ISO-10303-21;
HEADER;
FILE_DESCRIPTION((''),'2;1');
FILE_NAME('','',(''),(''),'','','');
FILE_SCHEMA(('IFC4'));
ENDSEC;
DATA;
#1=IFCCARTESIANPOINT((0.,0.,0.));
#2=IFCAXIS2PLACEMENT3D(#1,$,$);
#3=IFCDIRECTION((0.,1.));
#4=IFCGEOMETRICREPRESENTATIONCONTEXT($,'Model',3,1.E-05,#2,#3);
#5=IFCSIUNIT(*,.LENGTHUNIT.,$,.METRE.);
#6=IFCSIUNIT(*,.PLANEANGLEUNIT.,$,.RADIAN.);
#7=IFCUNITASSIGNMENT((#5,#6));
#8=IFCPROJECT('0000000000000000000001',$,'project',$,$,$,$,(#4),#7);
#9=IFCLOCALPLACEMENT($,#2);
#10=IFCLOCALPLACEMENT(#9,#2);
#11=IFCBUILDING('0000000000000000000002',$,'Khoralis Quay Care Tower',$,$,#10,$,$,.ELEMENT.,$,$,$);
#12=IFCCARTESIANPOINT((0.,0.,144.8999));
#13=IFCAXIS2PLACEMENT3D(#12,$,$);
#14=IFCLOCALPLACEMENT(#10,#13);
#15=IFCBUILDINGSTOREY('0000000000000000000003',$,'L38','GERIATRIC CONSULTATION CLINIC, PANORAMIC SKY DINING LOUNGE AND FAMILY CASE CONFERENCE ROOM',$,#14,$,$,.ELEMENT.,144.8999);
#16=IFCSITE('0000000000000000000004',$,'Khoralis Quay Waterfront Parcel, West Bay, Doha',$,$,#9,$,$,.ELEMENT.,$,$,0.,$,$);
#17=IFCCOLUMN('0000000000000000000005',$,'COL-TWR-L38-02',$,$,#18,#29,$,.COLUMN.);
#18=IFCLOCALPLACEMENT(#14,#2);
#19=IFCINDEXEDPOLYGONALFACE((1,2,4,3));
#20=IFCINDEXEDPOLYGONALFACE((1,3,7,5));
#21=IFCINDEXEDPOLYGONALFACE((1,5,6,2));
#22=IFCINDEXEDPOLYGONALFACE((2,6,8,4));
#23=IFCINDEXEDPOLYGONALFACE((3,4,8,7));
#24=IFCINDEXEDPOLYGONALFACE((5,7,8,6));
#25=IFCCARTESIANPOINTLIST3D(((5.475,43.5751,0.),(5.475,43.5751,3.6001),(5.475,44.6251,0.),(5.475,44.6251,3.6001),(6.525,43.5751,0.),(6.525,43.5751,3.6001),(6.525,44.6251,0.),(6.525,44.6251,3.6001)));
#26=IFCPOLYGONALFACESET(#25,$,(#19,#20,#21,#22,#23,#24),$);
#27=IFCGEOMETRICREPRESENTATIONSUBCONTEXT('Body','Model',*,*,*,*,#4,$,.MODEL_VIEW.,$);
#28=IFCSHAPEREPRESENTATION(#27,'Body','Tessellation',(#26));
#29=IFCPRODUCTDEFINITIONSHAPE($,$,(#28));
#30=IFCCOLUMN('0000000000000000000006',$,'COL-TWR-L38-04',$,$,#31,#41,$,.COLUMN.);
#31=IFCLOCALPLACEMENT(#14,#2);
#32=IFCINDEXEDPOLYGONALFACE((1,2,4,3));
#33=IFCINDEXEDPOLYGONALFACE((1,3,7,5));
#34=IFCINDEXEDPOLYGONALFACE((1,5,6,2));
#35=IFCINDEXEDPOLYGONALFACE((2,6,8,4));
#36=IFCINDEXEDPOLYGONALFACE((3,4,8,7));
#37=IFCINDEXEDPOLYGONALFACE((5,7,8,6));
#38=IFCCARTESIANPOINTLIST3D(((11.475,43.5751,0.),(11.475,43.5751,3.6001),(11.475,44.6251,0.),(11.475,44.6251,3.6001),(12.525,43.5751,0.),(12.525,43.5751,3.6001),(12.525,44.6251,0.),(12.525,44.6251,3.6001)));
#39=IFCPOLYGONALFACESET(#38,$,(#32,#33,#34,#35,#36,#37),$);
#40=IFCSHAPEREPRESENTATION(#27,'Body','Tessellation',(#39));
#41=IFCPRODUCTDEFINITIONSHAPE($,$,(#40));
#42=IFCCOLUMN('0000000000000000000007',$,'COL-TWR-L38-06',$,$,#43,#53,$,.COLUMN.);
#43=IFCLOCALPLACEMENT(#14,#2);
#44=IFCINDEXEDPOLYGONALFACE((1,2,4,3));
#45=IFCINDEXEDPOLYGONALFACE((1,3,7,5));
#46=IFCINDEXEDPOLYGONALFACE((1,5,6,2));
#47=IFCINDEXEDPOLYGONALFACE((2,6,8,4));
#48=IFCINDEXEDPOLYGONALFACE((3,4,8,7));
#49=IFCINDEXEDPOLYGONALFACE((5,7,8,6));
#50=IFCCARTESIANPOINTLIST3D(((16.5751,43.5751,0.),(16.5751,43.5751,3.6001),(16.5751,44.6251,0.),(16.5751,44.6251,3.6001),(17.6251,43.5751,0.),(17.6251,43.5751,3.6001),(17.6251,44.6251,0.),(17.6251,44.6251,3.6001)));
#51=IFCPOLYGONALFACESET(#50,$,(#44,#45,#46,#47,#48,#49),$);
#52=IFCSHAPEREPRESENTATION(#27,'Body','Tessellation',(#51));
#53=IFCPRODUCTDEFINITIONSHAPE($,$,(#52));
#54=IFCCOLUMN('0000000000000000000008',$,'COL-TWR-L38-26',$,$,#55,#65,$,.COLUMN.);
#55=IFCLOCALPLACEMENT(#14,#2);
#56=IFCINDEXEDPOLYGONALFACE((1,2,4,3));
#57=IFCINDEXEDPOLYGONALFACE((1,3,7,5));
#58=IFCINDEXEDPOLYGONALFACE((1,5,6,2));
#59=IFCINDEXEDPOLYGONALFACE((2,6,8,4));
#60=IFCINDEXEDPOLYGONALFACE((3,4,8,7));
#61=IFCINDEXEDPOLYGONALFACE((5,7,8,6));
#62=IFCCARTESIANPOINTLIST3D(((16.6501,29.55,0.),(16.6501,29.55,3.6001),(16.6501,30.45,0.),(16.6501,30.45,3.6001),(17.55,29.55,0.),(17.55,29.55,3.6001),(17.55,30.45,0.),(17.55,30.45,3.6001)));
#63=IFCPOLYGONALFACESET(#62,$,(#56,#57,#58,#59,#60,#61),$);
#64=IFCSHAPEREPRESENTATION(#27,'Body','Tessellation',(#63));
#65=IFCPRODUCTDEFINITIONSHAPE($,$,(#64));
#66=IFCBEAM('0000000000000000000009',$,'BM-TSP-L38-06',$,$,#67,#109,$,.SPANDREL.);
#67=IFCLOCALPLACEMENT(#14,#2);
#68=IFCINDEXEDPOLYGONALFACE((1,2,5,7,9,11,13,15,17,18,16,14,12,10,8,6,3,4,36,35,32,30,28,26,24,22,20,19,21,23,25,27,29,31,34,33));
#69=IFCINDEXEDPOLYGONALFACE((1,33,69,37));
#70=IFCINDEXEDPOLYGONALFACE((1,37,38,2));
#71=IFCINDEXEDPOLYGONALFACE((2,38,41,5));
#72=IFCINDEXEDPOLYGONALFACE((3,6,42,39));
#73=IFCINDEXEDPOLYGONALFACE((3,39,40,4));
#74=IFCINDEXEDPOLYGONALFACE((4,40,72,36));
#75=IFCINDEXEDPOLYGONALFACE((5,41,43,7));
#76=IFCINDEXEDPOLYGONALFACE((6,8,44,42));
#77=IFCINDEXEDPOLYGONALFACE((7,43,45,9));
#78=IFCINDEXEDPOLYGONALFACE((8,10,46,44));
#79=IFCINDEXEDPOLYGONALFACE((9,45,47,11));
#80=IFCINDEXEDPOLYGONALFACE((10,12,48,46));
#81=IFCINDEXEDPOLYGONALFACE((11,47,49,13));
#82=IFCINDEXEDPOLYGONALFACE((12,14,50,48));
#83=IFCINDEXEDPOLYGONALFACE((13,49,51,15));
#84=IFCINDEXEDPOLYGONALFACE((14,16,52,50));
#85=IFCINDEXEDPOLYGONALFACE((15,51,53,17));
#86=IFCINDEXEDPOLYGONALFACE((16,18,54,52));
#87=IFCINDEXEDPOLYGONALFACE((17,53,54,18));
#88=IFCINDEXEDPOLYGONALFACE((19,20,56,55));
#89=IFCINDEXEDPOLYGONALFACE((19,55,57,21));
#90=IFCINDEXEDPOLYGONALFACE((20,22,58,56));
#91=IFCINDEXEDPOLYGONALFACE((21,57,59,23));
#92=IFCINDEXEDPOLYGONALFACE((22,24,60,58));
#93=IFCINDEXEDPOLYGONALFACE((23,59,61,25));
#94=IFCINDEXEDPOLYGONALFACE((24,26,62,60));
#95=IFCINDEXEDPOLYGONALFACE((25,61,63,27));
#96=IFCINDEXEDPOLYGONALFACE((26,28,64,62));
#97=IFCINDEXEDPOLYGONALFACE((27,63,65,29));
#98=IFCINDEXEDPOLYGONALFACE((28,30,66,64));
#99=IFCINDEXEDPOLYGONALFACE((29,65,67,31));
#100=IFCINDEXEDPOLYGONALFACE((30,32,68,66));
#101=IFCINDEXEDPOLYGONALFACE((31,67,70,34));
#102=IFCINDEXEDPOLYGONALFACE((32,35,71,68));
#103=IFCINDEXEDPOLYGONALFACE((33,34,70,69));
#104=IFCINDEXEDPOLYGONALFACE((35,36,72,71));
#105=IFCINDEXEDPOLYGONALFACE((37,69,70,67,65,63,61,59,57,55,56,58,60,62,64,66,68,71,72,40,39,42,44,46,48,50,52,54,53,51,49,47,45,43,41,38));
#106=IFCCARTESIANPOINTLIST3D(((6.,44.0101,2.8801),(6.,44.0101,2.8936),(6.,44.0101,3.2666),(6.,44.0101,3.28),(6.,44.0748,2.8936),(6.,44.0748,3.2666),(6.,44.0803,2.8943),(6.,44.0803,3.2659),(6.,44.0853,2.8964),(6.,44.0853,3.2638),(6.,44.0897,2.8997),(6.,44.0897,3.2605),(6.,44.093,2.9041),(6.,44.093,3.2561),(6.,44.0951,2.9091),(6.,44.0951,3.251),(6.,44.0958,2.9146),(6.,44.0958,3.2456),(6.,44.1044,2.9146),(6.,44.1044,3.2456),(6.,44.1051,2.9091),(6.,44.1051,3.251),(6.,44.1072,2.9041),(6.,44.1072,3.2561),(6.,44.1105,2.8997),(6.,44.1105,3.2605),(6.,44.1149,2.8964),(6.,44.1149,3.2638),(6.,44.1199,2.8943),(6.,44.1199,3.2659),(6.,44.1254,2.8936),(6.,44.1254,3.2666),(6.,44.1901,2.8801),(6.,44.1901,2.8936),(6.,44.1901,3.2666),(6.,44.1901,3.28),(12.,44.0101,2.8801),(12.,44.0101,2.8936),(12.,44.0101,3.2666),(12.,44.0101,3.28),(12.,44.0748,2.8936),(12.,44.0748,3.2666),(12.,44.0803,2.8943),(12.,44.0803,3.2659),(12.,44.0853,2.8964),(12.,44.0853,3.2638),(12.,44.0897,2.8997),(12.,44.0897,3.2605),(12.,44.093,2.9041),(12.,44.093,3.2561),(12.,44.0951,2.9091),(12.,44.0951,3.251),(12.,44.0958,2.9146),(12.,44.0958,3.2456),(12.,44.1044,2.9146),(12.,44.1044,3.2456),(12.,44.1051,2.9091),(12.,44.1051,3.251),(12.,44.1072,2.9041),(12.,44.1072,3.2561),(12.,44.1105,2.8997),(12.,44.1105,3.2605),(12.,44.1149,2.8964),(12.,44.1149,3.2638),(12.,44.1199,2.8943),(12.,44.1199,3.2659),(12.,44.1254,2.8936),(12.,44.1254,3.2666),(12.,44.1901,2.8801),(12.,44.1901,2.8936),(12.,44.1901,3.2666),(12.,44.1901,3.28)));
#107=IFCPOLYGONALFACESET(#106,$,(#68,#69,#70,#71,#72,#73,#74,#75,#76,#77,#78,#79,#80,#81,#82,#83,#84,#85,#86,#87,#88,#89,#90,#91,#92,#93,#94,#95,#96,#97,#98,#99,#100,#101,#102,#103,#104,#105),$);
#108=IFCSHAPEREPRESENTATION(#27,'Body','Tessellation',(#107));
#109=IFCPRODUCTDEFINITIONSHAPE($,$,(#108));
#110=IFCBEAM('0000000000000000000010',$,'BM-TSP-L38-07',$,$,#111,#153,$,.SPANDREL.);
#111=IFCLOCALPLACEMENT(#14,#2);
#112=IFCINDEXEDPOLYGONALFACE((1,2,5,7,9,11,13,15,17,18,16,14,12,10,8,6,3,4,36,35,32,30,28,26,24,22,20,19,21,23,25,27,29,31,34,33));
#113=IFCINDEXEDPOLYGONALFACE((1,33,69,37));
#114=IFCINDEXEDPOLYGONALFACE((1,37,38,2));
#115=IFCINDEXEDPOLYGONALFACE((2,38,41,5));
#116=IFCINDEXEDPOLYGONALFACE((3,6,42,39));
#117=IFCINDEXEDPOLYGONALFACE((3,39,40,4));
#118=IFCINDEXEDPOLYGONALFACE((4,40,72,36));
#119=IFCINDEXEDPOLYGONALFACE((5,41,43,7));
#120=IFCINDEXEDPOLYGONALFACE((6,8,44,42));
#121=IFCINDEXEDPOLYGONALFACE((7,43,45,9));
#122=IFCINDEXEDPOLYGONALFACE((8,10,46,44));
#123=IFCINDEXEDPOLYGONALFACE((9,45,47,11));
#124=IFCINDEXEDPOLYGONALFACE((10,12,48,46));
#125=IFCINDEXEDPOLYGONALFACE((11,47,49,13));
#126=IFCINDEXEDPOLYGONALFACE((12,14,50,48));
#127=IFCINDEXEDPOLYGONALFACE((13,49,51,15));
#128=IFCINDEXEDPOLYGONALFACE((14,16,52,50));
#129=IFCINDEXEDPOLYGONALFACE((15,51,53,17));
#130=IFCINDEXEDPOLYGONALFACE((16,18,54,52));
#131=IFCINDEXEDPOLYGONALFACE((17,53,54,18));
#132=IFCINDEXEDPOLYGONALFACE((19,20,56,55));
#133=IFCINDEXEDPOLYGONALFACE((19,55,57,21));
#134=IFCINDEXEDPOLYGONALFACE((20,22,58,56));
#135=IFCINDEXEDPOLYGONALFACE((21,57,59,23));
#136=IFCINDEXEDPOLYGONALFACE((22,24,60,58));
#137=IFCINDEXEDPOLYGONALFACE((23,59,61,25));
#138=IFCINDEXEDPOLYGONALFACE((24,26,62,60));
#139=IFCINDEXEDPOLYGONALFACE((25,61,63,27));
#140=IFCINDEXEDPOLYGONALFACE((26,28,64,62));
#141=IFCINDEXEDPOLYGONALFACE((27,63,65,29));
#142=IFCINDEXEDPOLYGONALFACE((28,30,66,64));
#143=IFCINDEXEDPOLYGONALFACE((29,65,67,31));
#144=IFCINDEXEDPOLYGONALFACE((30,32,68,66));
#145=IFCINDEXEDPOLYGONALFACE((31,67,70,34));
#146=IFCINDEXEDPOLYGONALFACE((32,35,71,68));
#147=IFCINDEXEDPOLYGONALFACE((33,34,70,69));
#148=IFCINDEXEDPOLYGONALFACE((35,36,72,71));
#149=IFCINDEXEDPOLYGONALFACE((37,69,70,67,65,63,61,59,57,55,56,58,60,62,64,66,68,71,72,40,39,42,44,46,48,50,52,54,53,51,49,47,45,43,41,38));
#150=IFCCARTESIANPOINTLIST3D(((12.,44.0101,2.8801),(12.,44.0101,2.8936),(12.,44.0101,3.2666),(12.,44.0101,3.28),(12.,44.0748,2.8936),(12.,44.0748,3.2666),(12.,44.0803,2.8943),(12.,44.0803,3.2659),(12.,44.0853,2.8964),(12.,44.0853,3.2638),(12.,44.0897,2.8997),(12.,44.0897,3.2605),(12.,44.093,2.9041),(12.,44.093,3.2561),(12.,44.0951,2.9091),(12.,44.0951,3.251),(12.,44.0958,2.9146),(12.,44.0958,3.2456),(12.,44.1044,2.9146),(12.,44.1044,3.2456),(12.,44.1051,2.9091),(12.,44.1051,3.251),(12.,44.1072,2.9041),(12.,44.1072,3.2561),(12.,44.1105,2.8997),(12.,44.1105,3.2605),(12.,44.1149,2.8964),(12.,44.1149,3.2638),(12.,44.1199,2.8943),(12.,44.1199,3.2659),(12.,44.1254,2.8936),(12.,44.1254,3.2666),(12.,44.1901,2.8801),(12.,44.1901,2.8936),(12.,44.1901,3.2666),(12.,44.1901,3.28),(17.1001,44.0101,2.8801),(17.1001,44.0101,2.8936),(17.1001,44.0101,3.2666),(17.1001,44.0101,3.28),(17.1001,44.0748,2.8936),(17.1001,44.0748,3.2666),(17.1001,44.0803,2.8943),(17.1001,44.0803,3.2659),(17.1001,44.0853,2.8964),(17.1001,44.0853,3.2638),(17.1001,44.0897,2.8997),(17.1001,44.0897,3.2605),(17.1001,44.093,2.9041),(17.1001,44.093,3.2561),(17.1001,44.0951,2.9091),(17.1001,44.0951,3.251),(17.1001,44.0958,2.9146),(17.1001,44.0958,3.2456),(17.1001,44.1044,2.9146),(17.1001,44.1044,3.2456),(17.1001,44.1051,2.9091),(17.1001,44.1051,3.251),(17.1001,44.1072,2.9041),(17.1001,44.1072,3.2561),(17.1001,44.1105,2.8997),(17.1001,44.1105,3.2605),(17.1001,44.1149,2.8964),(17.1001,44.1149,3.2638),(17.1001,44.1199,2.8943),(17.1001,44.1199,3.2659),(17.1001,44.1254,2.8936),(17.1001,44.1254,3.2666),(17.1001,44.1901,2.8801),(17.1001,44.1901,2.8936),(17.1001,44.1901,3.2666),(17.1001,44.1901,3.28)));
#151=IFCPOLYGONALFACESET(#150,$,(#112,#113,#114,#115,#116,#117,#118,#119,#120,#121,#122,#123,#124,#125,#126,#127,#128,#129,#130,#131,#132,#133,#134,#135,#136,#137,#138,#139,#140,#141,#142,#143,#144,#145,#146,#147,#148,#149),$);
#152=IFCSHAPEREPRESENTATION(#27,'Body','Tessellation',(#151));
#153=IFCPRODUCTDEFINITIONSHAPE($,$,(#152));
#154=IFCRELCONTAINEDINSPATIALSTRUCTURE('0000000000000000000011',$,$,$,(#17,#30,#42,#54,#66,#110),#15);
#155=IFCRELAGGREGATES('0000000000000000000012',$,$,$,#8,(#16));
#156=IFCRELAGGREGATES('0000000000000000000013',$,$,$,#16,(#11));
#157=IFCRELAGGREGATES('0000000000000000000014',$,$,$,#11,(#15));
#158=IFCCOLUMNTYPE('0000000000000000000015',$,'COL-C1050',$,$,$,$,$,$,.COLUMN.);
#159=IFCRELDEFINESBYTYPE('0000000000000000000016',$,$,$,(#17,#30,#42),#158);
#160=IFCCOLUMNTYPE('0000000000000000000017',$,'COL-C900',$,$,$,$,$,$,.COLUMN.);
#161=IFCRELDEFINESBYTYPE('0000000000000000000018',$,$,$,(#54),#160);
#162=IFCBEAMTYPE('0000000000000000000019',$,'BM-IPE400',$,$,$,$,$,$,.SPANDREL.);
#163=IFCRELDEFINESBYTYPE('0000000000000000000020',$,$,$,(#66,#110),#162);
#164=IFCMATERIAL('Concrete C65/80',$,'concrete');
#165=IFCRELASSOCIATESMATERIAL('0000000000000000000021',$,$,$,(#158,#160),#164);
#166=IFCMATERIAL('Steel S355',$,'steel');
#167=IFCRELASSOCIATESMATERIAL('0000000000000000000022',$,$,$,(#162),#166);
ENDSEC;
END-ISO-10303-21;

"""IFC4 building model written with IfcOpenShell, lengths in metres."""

from ifc_helpers import new_model, si_unit, direction, frame, origin, origin_2d, place, context, subcontext, project, spatial, rectangle, i_section, extrude, source, transform, mapped, material, material_profile, profile_set, type_object, element, save


model = new_model("IFC4")

# Units and contexts
model_context = context("Model", 3, precision=1e-05, world=origin(), true_north=direction((0.0, 1.0)))
body_context = subcontext(model_context, "Body", "Model", "MODEL_VIEW")
ifc_project = project(units=[si_unit("LENGTHUNIT", "METRE"), si_unit("PLANEANGLEUNIT", "RADIAN")], contexts=[model_context])

# Site, building, storey
site_placement = place(None, origin())
site = spatial("IfcSite", under=ifc_project, at=site_placement, Name="Khoralis Quay Waterfront Parcel, West Bay, Doha", CompositionType="ELEMENT", RefElevation=0.0)
building_placement = place(site_placement, origin())
building = spatial("IfcBuilding", under=site, at=building_placement, Name="Khoralis Quay Care Tower", CompositionType="ELEMENT")
storey_placement = place(building_placement, frame((0.0, 0.0, 144.8999)))
storey = spatial("IfcBuildingStorey", under=building, at=storey_placement, Name="L38", Description="GERIATRIC CONSULTATION CLINIC, PANORAMIC SKY DINING LOUNGE AND FAMILY CASE CONFERENCE ROOM", CompositionType="ELEMENT", Elevation=144.8999)

# Columns
ifc_material_1 = material(Name="Concrete C65/80", Category="concrete")
ifc_material_profile_1 = material_profile(ifc_material_1, rectangle(XDim=1.05, YDim=1.05, at=origin_2d()), Name="Concrete C65/80")
ifc_profile_set_1 = profile_set([ifc_material_profile_1], Name="Concrete C65/80")
column_type_1 = type_object("IfcColumnType", Name="COL-C1050", PredefinedType="COLUMN", material=ifc_profile_set_1)
shared_shape_1 = source(origin(), body_context, "Body", "SweptSolid", [
    extrude(rectangle(XDim=1.05, YDim=1.05, at=origin_2d()), origin(), (0.0, 0.0, 1.0), 3.6001),
])
for number, where, z_axis, x_axis, name in (
    (1, (6.0, 44.1001, 0.0), (0.0, 0.0, 1.0), (1.0, 0.0, 0.0), "COL-TWR-L38-02"),
    (2, (12.0, 44.1001, 0.0), (0.0, 0.0, 1.0), (1.0, 0.0, 0.0), "COL-TWR-L38-04"),
    (3, (17.1001, 44.1001, 0.0), (0.0, 0.0, 1.0), (1.0, 0.0, 0.0), "COL-TWR-L38-06"),
):
    element("IfcColumn", number, at=place(storey_placement, frame(where, z_axis=z_axis, x_axis=x_axis)), inside=storey, type_object=column_type_1, Name=name, PredefinedType="COLUMN", context=body_context, shape_type="MappedRepresentation", body=[
        mapped(shared_shape_1, transform((0.0, 0.0, 0.0), scale=1.0)),
    ])
ifc_material_profile_2 = material_profile(ifc_material_1, rectangle(XDim=0.8999, YDim=0.8999, at=origin_2d()), Name="Concrete C65/80")
ifc_profile_set_2 = profile_set([ifc_material_profile_2], Name="Concrete C65/80")
column_type_2 = type_object("IfcColumnType", Name="COL-C900", PredefinedType="COLUMN", material=ifc_profile_set_2)
shared_shape_2 = source(origin(), body_context, "Body", "SweptSolid", [
    extrude(rectangle(XDim=0.8999, YDim=0.8999, at=origin_2d()), origin(), (0.0, 0.0, 1.0), 3.6001),
])
column_placement = place(storey_placement, frame((17.1001, 30.0, 0.0), z_axis=(0.0, 0.0, 1.0), x_axis=(1.0, 0.0, 0.0)))
element("IfcColumn", 4, at=column_placement, inside=storey, type_object=column_type_2, Name="COL-TWR-L38-26", PredefinedType="COLUMN", context=body_context, shape_type="MappedRepresentation", body=[
    mapped(shared_shape_2, transform((0.0, 0.0, 0.0), scale=1.0)),
])

# Beams
ifc_material_2 = material(Name="Steel S355", Category="steel")
ifc_material_profile_3 = material_profile(ifc_material_2, i_section(OverallWidth=0.1799, OverallDepth=0.3999, WebThickness=0.0085, FlangeThickness=0.0134, FilletRadius=0.021, at=origin_2d()), Name="Steel S355")
ifc_profile_set_3 = profile_set([ifc_material_profile_3], Name="Steel S355")
beam_type_1 = type_object("IfcBeamType", Name="BM-IPE400", PredefinedType="SPANDREL", material=ifc_profile_set_3)
shared_shape_3 = source(origin(), body_context, "Body", "SweptSolid", [
    extrude(i_section(OverallWidth=0.1799, OverallDepth=0.3999, WebThickness=0.0085, FlangeThickness=0.0134, FilletRadius=0.021, at=origin_2d()), origin(), (0.0, 0.0, 1.0), 6.0),
])
beam_1_placement = place(storey_placement, frame((6.0, 44.1001, 3.0801), z_axis=(1.0, 0.0, 0.0), x_axis=(0.0, 1.0, 0.0)))
element("IfcBeam", 5, at=beam_1_placement, inside=storey, type_object=beam_type_1, Name="BM-TSP-L38-06", PredefinedType="SPANDREL", context=body_context, shape_type="MappedRepresentation", body=[
    mapped(shared_shape_3, transform((0.0, 0.0, 0.0), scale=1.0)),
])
shared_shape_4 = source(origin(), body_context, "Body", "SweptSolid", [
    extrude(i_section(OverallWidth=0.1799, OverallDepth=0.3999, WebThickness=0.0085, FlangeThickness=0.0134, FilletRadius=0.021, at=origin_2d()), origin(), (0.0, 0.0, 1.0), 5.1001),
])
beam_2_placement = place(storey_placement, frame((12.0, 44.1001, 3.0801), z_axis=(1.0, 0.0, 0.0), x_axis=(0.0, 1.0, 0.0)))
element("IfcBeam", 6, at=beam_2_placement, inside=storey, type_object=beam_type_1, Name="BM-TSP-L38-07", PredefinedType="SPANDREL", context=body_context, shape_type="MappedRepresentation", body=[
    mapped(shared_shape_4, transform((0.0, 0.0, 0.0), scale=1.0)),
])

save(model, "model.ifc")
